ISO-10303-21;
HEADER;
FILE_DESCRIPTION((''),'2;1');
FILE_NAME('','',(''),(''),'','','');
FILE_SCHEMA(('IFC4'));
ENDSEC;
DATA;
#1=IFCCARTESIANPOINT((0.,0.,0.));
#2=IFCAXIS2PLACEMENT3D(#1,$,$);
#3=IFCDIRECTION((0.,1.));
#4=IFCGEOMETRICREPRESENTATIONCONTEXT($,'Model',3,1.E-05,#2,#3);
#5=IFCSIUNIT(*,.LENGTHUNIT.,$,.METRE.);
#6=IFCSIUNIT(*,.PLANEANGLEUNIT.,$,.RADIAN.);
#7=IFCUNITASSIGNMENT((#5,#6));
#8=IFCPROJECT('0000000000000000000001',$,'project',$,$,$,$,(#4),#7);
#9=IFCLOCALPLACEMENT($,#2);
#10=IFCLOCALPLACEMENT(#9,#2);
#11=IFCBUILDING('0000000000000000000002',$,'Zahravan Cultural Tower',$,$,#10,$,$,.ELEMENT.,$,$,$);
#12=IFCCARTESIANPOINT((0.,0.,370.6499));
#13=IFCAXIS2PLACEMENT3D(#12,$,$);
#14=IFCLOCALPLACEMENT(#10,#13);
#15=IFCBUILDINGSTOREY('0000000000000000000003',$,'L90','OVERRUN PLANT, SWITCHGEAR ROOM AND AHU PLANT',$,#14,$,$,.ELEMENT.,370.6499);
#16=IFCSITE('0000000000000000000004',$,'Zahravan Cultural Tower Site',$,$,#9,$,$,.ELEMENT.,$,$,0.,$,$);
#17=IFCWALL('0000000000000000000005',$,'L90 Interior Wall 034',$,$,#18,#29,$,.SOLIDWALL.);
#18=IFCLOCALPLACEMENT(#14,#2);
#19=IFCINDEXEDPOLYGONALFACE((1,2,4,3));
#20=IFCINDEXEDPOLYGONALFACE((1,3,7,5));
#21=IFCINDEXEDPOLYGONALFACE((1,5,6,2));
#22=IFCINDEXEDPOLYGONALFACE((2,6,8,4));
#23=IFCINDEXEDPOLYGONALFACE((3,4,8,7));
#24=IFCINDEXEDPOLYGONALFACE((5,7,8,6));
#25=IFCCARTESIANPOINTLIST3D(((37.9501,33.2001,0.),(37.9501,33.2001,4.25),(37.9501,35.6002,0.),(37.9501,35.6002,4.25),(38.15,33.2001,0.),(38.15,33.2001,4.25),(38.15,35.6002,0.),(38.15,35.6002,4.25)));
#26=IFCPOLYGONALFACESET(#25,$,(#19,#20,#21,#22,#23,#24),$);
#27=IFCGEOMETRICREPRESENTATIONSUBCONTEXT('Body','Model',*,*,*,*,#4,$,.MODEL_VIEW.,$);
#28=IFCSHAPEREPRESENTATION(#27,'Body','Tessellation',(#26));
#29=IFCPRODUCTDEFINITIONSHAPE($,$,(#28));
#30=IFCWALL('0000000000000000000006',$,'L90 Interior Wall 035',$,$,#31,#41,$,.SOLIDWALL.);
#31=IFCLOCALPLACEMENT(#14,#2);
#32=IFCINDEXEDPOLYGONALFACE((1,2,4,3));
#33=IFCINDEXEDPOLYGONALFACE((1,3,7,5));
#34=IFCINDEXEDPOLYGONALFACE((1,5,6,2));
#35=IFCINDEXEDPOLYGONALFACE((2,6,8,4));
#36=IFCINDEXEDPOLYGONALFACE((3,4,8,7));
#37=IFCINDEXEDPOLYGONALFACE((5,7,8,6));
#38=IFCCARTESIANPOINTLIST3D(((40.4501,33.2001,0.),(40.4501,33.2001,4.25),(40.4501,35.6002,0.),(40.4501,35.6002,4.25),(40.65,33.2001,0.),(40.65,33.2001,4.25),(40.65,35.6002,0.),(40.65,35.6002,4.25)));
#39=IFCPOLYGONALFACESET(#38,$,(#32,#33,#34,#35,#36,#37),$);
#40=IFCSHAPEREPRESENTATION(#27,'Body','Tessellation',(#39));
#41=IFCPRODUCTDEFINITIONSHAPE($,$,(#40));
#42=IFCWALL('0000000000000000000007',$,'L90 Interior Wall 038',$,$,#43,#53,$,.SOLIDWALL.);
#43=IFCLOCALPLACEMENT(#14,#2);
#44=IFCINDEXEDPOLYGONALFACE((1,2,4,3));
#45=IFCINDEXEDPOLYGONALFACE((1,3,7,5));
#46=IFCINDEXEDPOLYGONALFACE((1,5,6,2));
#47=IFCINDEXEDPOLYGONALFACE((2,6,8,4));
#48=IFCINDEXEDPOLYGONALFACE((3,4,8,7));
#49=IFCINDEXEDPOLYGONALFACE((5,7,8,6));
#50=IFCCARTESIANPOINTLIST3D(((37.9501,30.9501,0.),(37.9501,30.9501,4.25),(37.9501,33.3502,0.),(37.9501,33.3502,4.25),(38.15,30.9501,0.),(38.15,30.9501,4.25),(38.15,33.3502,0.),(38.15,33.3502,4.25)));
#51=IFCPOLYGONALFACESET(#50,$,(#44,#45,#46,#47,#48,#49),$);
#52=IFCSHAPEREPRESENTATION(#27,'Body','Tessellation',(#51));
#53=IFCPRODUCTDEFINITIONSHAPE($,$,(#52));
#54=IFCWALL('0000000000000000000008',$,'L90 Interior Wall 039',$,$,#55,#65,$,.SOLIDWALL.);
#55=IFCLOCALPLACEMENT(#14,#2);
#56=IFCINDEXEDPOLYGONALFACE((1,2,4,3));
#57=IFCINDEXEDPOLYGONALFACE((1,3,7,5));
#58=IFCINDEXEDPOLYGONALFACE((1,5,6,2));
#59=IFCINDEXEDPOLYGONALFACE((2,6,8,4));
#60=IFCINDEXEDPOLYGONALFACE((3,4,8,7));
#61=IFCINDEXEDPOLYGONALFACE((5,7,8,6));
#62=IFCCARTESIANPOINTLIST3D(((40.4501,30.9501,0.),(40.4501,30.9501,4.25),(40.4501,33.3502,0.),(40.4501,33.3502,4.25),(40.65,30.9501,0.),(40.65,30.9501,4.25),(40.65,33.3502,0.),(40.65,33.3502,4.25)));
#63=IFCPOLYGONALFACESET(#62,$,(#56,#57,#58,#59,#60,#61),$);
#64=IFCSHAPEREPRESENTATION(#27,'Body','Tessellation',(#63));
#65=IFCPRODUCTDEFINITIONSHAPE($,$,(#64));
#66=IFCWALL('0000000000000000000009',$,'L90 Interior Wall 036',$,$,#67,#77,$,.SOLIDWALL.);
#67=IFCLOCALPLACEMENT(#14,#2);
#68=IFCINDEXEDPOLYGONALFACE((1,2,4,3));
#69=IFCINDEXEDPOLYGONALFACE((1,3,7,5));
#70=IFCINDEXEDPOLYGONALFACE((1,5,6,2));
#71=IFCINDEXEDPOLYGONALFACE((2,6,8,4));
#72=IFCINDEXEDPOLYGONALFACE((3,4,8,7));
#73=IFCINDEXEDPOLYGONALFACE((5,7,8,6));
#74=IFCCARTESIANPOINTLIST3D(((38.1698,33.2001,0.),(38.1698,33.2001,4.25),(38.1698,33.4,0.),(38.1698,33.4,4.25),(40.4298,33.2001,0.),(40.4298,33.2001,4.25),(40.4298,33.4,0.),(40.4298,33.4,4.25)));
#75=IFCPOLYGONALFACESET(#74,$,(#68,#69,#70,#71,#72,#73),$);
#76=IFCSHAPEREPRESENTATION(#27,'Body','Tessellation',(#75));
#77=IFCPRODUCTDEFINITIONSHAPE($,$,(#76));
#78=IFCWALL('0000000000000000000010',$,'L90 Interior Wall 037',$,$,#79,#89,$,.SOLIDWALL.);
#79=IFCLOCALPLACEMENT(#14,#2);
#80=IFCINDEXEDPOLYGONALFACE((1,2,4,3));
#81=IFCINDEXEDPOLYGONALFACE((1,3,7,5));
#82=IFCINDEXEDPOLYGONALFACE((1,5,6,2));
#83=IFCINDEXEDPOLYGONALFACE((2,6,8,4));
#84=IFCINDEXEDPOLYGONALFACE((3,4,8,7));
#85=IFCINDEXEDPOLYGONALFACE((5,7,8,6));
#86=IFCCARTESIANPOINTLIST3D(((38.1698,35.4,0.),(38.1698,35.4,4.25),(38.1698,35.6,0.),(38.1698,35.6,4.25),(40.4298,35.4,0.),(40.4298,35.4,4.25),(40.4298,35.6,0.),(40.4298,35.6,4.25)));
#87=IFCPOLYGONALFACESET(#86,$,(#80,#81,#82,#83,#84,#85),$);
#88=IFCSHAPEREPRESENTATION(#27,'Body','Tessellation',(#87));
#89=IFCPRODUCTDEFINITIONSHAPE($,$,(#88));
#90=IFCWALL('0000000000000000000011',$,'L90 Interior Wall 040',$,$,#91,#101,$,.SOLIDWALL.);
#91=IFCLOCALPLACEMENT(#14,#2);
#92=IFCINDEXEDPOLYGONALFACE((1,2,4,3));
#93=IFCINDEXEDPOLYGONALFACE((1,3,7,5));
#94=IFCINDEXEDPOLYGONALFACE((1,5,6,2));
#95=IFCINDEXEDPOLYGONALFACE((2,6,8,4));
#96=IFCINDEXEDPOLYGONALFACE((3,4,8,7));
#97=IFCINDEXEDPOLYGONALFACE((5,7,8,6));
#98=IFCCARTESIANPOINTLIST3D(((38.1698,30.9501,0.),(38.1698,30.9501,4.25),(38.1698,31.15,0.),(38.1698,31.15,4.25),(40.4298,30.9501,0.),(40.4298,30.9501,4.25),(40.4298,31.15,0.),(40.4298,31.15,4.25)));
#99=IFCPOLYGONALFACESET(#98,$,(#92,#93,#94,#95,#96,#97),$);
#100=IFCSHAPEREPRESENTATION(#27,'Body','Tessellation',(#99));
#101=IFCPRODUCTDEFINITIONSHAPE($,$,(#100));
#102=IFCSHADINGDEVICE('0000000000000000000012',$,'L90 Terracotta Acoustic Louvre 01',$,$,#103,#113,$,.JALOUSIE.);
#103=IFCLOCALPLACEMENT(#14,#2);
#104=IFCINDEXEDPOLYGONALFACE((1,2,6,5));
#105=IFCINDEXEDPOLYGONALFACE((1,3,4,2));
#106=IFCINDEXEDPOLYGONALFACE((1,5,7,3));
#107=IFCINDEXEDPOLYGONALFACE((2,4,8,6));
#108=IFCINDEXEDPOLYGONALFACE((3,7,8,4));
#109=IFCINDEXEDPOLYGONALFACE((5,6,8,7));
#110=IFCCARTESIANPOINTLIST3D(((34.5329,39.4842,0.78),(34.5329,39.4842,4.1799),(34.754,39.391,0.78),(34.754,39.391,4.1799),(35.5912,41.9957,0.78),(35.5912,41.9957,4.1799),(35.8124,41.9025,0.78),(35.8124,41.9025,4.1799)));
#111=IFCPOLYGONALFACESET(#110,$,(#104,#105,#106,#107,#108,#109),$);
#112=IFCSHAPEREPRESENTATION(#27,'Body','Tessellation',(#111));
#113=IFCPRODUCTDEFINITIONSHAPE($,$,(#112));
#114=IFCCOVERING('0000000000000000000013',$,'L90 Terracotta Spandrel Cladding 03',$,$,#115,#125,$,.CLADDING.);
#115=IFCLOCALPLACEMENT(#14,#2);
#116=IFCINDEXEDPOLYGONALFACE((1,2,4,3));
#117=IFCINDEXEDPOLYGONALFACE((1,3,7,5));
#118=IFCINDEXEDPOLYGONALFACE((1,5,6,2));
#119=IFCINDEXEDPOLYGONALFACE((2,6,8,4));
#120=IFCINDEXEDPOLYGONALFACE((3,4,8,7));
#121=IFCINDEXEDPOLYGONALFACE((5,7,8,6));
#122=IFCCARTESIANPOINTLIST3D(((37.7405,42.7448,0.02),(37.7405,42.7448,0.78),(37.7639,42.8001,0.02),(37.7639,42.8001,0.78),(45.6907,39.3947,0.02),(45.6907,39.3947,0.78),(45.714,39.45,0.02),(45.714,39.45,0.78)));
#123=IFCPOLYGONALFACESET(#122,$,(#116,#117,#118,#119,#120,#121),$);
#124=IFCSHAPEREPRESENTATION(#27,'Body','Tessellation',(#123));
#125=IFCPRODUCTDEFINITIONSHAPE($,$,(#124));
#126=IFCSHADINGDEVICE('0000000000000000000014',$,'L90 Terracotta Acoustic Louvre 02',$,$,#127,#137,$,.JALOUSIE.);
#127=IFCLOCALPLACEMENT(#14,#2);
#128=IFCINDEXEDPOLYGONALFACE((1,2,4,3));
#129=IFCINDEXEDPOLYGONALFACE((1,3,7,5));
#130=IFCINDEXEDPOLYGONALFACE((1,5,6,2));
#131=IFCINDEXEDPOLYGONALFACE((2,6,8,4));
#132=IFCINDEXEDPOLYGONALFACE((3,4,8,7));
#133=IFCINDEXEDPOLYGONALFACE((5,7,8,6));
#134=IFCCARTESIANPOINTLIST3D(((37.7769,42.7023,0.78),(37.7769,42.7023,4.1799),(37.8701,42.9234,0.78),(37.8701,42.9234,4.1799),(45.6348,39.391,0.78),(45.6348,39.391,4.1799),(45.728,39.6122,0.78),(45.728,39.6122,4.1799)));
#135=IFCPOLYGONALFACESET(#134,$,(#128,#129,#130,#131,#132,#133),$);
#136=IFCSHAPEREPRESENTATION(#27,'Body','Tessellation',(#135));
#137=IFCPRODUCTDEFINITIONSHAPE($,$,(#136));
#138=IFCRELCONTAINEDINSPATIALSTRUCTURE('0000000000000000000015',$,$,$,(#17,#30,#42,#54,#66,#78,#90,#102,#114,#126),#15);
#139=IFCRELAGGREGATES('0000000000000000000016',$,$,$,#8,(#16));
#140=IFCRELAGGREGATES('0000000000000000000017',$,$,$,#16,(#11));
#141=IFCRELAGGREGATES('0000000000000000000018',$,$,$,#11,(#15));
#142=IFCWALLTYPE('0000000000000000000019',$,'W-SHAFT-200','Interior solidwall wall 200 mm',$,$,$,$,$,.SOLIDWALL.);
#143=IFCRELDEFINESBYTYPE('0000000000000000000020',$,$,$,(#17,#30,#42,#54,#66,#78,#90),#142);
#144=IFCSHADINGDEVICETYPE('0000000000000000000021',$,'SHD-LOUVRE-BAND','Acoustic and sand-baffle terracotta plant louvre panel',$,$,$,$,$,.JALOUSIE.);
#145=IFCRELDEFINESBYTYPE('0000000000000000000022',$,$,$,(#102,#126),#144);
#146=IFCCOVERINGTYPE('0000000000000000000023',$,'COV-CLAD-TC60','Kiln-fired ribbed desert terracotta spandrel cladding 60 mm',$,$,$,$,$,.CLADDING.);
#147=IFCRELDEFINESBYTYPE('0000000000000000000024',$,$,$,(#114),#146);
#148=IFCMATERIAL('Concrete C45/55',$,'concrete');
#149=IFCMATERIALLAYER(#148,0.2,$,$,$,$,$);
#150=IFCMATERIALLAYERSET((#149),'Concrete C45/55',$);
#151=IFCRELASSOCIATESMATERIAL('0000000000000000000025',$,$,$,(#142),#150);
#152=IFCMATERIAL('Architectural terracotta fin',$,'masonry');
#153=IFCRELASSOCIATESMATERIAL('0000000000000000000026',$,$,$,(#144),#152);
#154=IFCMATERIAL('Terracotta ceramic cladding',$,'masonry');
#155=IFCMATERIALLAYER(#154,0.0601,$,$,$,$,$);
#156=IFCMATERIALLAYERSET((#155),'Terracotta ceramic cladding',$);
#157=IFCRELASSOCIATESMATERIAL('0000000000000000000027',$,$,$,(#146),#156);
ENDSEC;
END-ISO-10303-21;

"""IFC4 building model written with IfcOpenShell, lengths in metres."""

from ifc_helpers import new_model, si_unit, direction, frame, frame_2d, origin, origin_2d, place, context, subcontext, project, spatial, rectangle, extrude, source, transform, mapped, material, layer, layer_set, type_object, element, save


model = new_model("IFC4")

# Units and contexts
model_context = context("Model", 3, precision=1e-05, world=origin(), true_north=direction((0.0, 1.0)))
body_context = subcontext(model_context, "Body", "Model", "MODEL_VIEW")
ifc_project = project(units=[si_unit("LENGTHUNIT", "METRE"), si_unit("PLANEANGLEUNIT", "RADIAN")], contexts=[model_context])

# Site, building, storey
site_placement = place(None, origin())
site = spatial("IfcSite", under=ifc_project, at=site_placement, Name="Zahravan Cultural Tower Site", CompositionType="ELEMENT", RefElevation=0.0)
building_placement = place(site_placement, origin())
building = spatial("IfcBuilding", under=site, at=building_placement, Name="Zahravan Cultural Tower", CompositionType="ELEMENT")
storey_placement = place(building_placement, frame((0.0, 0.0, 370.6499)))
storey = spatial("IfcBuildingStorey", under=building, at=storey_placement, Name="L90", Description="OVERRUN PLANT, SWITCHGEAR ROOM AND AHU PLANT", CompositionType="ELEMENT", Elevation=370.6499)

# Shared definitions
ifc_material_1 = material(Name="Concrete C45/55", Category="concrete")

# Walls
ifc_layer_1 = layer(ifc_material_1, 0.2)
ifc_layer_set_1 = layer_set([ifc_layer_1], Name="Concrete C45/55")
wall_type_1 = type_object("IfcWallType", Name="W-SHAFT-200", Description="Interior solidwall wall 200 mm", PredefinedType="SOLIDWALL", material=ifc_layer_set_1)
shared_shape_1 = source(origin(), body_context, "Body", "SweptSolid", [
    extrude(rectangle(XDim=2.4001, YDim=0.2, at=frame_2d((1.2002, 0.0))), origin(), (0.0, 0.0, 1.0), 4.25),
])
for number, where, z_axis, x_axis, name in (
    (1, (38.05, 33.2, 0.0), (0.0, 0.0, 1.0), (0.0, 1.0, 0.0), "L90 Interior Wall 034"),
    (2, (40.55, 33.2, 0.0), (0.0, 0.0, 1.0), (0.0, 1.0, 0.0), "L90 Interior Wall 035"),
    (3, (38.05, 30.95, 0.0), (0.0, 0.0, 1.0), (0.0, 1.0, 0.0), "L90 Interior Wall 038"),
    (4, (40.55, 30.95, 0.0), (0.0, 0.0, 1.0), (0.0, 1.0, 0.0), "L90 Interior Wall 039"),
):
    element("IfcWall", number, at=place(storey_placement, frame(where, z_axis=z_axis, x_axis=x_axis)), inside=storey, type_object=wall_type_1, Name=name, PredefinedType="SOLIDWALL", context=body_context, shape_type="MappedRepresentation", body=[
        mapped(shared_shape_1, transform((0.0, 0.0, 0.0), x_axis=(1.0, 0.0, 0.0), y_axis=(0.0, 1.0, 0.0), z_axis=(0.0, 0.0, 1.0), scale=1.0)),
    ])
shared_shape_2 = source(origin(), body_context, "Body", "SweptSolid", [
    extrude(rectangle(XDim=2.26, YDim=0.2, at=frame_2d((1.1299, 0.0))), origin(), (0.0, 0.0, 1.0), 4.25),
])
for number, where, z_axis, x_axis, name in (
    (5, (38.1699, 33.3, 0.0), (0.0, 0.0, 1.0), (1.0, 0.0, 0.0), "L90 Interior Wall 036"),
    (6, (38.1699, 35.5, 0.0), (0.0, 0.0, 1.0), (1.0, 0.0, 0.0), "L90 Interior Wall 037"),
    (7, (38.1699, 31.05, 0.0), (0.0, 0.0, 1.0), (1.0, 0.0, 0.0), "L90 Interior Wall 040"),
):
    element("IfcWall", number, at=place(storey_placement, frame(where, z_axis=z_axis, x_axis=x_axis)), inside=storey, type_object=wall_type_1, Name=name, PredefinedType="SOLIDWALL", context=body_context, shape_type="MappedRepresentation", body=[
        mapped(shared_shape_2, transform((0.0, 0.0, 0.0), x_axis=(1.0, 0.0, 0.0), y_axis=(0.0, 1.0, 0.0), z_axis=(0.0, 0.0, 1.0), scale=1.0)),
    ])

# Shading device
ifc_material_2 = material(Name="Architectural terracotta fin", Category="masonry")
shading_device_type = type_object("IfcShadingDeviceType", Name="SHD-LOUVRE-BAND", Description="Acoustic and sand-baffle terracotta plant louvre panel", PredefinedType="JALOUSIE", material=ifc_material_2)
shared_shape_3 = source(origin(), body_context, "Body", "SweptSolid", [
    extrude(rectangle(XDim=2.7253, YDim=0.24, at=origin_2d()), origin(), (0.0, 0.0, 1.0), 3.3999),
])
shading_device_1_placement = place(storey_placement, frame((35.1726, 40.6934, 0.78), z_axis=(0.0, 0.0, 1.0), x_axis=(0.388336, 0.921518, 0.0)))
element("IfcShadingDevice", 8, at=shading_device_1_placement, inside=storey, type_object=shading_device_type, Name="L90 Terracotta Acoustic Louvre 01", PredefinedType="JALOUSIE", context=body_context, shape_type="MappedRepresentation", body=[
    mapped(shared_shape_3, transform((0.0, 0.0, 0.0), x_axis=(1.0, 0.0, 0.0), y_axis=(0.0, 1.0, 0.0), z_axis=(0.0, 0.0, 1.0), scale=1.0)),
])

# Covering
ifc_material_3 = material(Name="Terracotta ceramic cladding", Category="masonry")
ifc_layer_2 = layer(ifc_material_3, 0.0601)
ifc_layer_set_2 = layer_set([ifc_layer_2], Name="Terracotta ceramic cladding")
covering_type = type_object("IfcCoveringType", Name="COV-CLAD-TC60", Description="Kiln-fired ribbed desert terracotta spandrel cladding 60 mm", PredefinedType="CLADDING", material=ifc_layer_set_2)
shared_shape_4 = source(origin(), body_context, "Body", "SweptSolid", [
    extrude(rectangle(XDim=8.6272, YDim=0.0601, at=origin_2d()), origin(), (0.0, 0.0, 1.0), 0.76),
])
covering_placement = place(storey_placement, frame((41.7273, 41.0974, 0.02), z_axis=(0.0, 0.0, 1.0), x_axis=(0.921525, -0.38832, 0.0)))
element("IfcCovering", 9, at=covering_placement, inside=storey, type_object=covering_type, Name="L90 Terracotta Spandrel Cladding 03", PredefinedType="CLADDING", context=body_context, shape_type="MappedRepresentation", body=[
    mapped(shared_shape_4, transform((0.0, 0.0, 0.0), x_axis=(1.0, 0.0, 0.0), y_axis=(0.0, 1.0, 0.0), z_axis=(0.0, 0.0, 1.0), scale=1.0)),
])

# Shading device
shared_shape_5 = source(origin(), body_context, "Body", "SweptSolid", [
    extrude(rectangle(XDim=8.5271, YDim=0.24, at=origin_2d()), origin(), (0.0, 0.0, 1.0), 3.3999),
])
shading_device_2_placement = place(storey_placement, frame((41.7524, 41.1572, 0.78), z_axis=(0.0, 0.0, 1.0), x_axis=(0.921525, -0.38832, 0.0)))
element("IfcShadingDevice", 10, at=shading_device_2_placement, inside=storey, type_object=shading_device_type, Name="L90 Terracotta Acoustic Louvre 02", PredefinedType="JALOUSIE", context=body_context, shape_type="MappedRepresentation", body=[
    mapped(shared_shape_5, transform((0.0, 0.0, 0.0), x_axis=(1.0, 0.0, 0.0), y_axis=(0.0, 1.0, 0.0), z_axis=(0.0, 0.0, 1.0), scale=1.0)),
])

save(model, "model.ifc")
